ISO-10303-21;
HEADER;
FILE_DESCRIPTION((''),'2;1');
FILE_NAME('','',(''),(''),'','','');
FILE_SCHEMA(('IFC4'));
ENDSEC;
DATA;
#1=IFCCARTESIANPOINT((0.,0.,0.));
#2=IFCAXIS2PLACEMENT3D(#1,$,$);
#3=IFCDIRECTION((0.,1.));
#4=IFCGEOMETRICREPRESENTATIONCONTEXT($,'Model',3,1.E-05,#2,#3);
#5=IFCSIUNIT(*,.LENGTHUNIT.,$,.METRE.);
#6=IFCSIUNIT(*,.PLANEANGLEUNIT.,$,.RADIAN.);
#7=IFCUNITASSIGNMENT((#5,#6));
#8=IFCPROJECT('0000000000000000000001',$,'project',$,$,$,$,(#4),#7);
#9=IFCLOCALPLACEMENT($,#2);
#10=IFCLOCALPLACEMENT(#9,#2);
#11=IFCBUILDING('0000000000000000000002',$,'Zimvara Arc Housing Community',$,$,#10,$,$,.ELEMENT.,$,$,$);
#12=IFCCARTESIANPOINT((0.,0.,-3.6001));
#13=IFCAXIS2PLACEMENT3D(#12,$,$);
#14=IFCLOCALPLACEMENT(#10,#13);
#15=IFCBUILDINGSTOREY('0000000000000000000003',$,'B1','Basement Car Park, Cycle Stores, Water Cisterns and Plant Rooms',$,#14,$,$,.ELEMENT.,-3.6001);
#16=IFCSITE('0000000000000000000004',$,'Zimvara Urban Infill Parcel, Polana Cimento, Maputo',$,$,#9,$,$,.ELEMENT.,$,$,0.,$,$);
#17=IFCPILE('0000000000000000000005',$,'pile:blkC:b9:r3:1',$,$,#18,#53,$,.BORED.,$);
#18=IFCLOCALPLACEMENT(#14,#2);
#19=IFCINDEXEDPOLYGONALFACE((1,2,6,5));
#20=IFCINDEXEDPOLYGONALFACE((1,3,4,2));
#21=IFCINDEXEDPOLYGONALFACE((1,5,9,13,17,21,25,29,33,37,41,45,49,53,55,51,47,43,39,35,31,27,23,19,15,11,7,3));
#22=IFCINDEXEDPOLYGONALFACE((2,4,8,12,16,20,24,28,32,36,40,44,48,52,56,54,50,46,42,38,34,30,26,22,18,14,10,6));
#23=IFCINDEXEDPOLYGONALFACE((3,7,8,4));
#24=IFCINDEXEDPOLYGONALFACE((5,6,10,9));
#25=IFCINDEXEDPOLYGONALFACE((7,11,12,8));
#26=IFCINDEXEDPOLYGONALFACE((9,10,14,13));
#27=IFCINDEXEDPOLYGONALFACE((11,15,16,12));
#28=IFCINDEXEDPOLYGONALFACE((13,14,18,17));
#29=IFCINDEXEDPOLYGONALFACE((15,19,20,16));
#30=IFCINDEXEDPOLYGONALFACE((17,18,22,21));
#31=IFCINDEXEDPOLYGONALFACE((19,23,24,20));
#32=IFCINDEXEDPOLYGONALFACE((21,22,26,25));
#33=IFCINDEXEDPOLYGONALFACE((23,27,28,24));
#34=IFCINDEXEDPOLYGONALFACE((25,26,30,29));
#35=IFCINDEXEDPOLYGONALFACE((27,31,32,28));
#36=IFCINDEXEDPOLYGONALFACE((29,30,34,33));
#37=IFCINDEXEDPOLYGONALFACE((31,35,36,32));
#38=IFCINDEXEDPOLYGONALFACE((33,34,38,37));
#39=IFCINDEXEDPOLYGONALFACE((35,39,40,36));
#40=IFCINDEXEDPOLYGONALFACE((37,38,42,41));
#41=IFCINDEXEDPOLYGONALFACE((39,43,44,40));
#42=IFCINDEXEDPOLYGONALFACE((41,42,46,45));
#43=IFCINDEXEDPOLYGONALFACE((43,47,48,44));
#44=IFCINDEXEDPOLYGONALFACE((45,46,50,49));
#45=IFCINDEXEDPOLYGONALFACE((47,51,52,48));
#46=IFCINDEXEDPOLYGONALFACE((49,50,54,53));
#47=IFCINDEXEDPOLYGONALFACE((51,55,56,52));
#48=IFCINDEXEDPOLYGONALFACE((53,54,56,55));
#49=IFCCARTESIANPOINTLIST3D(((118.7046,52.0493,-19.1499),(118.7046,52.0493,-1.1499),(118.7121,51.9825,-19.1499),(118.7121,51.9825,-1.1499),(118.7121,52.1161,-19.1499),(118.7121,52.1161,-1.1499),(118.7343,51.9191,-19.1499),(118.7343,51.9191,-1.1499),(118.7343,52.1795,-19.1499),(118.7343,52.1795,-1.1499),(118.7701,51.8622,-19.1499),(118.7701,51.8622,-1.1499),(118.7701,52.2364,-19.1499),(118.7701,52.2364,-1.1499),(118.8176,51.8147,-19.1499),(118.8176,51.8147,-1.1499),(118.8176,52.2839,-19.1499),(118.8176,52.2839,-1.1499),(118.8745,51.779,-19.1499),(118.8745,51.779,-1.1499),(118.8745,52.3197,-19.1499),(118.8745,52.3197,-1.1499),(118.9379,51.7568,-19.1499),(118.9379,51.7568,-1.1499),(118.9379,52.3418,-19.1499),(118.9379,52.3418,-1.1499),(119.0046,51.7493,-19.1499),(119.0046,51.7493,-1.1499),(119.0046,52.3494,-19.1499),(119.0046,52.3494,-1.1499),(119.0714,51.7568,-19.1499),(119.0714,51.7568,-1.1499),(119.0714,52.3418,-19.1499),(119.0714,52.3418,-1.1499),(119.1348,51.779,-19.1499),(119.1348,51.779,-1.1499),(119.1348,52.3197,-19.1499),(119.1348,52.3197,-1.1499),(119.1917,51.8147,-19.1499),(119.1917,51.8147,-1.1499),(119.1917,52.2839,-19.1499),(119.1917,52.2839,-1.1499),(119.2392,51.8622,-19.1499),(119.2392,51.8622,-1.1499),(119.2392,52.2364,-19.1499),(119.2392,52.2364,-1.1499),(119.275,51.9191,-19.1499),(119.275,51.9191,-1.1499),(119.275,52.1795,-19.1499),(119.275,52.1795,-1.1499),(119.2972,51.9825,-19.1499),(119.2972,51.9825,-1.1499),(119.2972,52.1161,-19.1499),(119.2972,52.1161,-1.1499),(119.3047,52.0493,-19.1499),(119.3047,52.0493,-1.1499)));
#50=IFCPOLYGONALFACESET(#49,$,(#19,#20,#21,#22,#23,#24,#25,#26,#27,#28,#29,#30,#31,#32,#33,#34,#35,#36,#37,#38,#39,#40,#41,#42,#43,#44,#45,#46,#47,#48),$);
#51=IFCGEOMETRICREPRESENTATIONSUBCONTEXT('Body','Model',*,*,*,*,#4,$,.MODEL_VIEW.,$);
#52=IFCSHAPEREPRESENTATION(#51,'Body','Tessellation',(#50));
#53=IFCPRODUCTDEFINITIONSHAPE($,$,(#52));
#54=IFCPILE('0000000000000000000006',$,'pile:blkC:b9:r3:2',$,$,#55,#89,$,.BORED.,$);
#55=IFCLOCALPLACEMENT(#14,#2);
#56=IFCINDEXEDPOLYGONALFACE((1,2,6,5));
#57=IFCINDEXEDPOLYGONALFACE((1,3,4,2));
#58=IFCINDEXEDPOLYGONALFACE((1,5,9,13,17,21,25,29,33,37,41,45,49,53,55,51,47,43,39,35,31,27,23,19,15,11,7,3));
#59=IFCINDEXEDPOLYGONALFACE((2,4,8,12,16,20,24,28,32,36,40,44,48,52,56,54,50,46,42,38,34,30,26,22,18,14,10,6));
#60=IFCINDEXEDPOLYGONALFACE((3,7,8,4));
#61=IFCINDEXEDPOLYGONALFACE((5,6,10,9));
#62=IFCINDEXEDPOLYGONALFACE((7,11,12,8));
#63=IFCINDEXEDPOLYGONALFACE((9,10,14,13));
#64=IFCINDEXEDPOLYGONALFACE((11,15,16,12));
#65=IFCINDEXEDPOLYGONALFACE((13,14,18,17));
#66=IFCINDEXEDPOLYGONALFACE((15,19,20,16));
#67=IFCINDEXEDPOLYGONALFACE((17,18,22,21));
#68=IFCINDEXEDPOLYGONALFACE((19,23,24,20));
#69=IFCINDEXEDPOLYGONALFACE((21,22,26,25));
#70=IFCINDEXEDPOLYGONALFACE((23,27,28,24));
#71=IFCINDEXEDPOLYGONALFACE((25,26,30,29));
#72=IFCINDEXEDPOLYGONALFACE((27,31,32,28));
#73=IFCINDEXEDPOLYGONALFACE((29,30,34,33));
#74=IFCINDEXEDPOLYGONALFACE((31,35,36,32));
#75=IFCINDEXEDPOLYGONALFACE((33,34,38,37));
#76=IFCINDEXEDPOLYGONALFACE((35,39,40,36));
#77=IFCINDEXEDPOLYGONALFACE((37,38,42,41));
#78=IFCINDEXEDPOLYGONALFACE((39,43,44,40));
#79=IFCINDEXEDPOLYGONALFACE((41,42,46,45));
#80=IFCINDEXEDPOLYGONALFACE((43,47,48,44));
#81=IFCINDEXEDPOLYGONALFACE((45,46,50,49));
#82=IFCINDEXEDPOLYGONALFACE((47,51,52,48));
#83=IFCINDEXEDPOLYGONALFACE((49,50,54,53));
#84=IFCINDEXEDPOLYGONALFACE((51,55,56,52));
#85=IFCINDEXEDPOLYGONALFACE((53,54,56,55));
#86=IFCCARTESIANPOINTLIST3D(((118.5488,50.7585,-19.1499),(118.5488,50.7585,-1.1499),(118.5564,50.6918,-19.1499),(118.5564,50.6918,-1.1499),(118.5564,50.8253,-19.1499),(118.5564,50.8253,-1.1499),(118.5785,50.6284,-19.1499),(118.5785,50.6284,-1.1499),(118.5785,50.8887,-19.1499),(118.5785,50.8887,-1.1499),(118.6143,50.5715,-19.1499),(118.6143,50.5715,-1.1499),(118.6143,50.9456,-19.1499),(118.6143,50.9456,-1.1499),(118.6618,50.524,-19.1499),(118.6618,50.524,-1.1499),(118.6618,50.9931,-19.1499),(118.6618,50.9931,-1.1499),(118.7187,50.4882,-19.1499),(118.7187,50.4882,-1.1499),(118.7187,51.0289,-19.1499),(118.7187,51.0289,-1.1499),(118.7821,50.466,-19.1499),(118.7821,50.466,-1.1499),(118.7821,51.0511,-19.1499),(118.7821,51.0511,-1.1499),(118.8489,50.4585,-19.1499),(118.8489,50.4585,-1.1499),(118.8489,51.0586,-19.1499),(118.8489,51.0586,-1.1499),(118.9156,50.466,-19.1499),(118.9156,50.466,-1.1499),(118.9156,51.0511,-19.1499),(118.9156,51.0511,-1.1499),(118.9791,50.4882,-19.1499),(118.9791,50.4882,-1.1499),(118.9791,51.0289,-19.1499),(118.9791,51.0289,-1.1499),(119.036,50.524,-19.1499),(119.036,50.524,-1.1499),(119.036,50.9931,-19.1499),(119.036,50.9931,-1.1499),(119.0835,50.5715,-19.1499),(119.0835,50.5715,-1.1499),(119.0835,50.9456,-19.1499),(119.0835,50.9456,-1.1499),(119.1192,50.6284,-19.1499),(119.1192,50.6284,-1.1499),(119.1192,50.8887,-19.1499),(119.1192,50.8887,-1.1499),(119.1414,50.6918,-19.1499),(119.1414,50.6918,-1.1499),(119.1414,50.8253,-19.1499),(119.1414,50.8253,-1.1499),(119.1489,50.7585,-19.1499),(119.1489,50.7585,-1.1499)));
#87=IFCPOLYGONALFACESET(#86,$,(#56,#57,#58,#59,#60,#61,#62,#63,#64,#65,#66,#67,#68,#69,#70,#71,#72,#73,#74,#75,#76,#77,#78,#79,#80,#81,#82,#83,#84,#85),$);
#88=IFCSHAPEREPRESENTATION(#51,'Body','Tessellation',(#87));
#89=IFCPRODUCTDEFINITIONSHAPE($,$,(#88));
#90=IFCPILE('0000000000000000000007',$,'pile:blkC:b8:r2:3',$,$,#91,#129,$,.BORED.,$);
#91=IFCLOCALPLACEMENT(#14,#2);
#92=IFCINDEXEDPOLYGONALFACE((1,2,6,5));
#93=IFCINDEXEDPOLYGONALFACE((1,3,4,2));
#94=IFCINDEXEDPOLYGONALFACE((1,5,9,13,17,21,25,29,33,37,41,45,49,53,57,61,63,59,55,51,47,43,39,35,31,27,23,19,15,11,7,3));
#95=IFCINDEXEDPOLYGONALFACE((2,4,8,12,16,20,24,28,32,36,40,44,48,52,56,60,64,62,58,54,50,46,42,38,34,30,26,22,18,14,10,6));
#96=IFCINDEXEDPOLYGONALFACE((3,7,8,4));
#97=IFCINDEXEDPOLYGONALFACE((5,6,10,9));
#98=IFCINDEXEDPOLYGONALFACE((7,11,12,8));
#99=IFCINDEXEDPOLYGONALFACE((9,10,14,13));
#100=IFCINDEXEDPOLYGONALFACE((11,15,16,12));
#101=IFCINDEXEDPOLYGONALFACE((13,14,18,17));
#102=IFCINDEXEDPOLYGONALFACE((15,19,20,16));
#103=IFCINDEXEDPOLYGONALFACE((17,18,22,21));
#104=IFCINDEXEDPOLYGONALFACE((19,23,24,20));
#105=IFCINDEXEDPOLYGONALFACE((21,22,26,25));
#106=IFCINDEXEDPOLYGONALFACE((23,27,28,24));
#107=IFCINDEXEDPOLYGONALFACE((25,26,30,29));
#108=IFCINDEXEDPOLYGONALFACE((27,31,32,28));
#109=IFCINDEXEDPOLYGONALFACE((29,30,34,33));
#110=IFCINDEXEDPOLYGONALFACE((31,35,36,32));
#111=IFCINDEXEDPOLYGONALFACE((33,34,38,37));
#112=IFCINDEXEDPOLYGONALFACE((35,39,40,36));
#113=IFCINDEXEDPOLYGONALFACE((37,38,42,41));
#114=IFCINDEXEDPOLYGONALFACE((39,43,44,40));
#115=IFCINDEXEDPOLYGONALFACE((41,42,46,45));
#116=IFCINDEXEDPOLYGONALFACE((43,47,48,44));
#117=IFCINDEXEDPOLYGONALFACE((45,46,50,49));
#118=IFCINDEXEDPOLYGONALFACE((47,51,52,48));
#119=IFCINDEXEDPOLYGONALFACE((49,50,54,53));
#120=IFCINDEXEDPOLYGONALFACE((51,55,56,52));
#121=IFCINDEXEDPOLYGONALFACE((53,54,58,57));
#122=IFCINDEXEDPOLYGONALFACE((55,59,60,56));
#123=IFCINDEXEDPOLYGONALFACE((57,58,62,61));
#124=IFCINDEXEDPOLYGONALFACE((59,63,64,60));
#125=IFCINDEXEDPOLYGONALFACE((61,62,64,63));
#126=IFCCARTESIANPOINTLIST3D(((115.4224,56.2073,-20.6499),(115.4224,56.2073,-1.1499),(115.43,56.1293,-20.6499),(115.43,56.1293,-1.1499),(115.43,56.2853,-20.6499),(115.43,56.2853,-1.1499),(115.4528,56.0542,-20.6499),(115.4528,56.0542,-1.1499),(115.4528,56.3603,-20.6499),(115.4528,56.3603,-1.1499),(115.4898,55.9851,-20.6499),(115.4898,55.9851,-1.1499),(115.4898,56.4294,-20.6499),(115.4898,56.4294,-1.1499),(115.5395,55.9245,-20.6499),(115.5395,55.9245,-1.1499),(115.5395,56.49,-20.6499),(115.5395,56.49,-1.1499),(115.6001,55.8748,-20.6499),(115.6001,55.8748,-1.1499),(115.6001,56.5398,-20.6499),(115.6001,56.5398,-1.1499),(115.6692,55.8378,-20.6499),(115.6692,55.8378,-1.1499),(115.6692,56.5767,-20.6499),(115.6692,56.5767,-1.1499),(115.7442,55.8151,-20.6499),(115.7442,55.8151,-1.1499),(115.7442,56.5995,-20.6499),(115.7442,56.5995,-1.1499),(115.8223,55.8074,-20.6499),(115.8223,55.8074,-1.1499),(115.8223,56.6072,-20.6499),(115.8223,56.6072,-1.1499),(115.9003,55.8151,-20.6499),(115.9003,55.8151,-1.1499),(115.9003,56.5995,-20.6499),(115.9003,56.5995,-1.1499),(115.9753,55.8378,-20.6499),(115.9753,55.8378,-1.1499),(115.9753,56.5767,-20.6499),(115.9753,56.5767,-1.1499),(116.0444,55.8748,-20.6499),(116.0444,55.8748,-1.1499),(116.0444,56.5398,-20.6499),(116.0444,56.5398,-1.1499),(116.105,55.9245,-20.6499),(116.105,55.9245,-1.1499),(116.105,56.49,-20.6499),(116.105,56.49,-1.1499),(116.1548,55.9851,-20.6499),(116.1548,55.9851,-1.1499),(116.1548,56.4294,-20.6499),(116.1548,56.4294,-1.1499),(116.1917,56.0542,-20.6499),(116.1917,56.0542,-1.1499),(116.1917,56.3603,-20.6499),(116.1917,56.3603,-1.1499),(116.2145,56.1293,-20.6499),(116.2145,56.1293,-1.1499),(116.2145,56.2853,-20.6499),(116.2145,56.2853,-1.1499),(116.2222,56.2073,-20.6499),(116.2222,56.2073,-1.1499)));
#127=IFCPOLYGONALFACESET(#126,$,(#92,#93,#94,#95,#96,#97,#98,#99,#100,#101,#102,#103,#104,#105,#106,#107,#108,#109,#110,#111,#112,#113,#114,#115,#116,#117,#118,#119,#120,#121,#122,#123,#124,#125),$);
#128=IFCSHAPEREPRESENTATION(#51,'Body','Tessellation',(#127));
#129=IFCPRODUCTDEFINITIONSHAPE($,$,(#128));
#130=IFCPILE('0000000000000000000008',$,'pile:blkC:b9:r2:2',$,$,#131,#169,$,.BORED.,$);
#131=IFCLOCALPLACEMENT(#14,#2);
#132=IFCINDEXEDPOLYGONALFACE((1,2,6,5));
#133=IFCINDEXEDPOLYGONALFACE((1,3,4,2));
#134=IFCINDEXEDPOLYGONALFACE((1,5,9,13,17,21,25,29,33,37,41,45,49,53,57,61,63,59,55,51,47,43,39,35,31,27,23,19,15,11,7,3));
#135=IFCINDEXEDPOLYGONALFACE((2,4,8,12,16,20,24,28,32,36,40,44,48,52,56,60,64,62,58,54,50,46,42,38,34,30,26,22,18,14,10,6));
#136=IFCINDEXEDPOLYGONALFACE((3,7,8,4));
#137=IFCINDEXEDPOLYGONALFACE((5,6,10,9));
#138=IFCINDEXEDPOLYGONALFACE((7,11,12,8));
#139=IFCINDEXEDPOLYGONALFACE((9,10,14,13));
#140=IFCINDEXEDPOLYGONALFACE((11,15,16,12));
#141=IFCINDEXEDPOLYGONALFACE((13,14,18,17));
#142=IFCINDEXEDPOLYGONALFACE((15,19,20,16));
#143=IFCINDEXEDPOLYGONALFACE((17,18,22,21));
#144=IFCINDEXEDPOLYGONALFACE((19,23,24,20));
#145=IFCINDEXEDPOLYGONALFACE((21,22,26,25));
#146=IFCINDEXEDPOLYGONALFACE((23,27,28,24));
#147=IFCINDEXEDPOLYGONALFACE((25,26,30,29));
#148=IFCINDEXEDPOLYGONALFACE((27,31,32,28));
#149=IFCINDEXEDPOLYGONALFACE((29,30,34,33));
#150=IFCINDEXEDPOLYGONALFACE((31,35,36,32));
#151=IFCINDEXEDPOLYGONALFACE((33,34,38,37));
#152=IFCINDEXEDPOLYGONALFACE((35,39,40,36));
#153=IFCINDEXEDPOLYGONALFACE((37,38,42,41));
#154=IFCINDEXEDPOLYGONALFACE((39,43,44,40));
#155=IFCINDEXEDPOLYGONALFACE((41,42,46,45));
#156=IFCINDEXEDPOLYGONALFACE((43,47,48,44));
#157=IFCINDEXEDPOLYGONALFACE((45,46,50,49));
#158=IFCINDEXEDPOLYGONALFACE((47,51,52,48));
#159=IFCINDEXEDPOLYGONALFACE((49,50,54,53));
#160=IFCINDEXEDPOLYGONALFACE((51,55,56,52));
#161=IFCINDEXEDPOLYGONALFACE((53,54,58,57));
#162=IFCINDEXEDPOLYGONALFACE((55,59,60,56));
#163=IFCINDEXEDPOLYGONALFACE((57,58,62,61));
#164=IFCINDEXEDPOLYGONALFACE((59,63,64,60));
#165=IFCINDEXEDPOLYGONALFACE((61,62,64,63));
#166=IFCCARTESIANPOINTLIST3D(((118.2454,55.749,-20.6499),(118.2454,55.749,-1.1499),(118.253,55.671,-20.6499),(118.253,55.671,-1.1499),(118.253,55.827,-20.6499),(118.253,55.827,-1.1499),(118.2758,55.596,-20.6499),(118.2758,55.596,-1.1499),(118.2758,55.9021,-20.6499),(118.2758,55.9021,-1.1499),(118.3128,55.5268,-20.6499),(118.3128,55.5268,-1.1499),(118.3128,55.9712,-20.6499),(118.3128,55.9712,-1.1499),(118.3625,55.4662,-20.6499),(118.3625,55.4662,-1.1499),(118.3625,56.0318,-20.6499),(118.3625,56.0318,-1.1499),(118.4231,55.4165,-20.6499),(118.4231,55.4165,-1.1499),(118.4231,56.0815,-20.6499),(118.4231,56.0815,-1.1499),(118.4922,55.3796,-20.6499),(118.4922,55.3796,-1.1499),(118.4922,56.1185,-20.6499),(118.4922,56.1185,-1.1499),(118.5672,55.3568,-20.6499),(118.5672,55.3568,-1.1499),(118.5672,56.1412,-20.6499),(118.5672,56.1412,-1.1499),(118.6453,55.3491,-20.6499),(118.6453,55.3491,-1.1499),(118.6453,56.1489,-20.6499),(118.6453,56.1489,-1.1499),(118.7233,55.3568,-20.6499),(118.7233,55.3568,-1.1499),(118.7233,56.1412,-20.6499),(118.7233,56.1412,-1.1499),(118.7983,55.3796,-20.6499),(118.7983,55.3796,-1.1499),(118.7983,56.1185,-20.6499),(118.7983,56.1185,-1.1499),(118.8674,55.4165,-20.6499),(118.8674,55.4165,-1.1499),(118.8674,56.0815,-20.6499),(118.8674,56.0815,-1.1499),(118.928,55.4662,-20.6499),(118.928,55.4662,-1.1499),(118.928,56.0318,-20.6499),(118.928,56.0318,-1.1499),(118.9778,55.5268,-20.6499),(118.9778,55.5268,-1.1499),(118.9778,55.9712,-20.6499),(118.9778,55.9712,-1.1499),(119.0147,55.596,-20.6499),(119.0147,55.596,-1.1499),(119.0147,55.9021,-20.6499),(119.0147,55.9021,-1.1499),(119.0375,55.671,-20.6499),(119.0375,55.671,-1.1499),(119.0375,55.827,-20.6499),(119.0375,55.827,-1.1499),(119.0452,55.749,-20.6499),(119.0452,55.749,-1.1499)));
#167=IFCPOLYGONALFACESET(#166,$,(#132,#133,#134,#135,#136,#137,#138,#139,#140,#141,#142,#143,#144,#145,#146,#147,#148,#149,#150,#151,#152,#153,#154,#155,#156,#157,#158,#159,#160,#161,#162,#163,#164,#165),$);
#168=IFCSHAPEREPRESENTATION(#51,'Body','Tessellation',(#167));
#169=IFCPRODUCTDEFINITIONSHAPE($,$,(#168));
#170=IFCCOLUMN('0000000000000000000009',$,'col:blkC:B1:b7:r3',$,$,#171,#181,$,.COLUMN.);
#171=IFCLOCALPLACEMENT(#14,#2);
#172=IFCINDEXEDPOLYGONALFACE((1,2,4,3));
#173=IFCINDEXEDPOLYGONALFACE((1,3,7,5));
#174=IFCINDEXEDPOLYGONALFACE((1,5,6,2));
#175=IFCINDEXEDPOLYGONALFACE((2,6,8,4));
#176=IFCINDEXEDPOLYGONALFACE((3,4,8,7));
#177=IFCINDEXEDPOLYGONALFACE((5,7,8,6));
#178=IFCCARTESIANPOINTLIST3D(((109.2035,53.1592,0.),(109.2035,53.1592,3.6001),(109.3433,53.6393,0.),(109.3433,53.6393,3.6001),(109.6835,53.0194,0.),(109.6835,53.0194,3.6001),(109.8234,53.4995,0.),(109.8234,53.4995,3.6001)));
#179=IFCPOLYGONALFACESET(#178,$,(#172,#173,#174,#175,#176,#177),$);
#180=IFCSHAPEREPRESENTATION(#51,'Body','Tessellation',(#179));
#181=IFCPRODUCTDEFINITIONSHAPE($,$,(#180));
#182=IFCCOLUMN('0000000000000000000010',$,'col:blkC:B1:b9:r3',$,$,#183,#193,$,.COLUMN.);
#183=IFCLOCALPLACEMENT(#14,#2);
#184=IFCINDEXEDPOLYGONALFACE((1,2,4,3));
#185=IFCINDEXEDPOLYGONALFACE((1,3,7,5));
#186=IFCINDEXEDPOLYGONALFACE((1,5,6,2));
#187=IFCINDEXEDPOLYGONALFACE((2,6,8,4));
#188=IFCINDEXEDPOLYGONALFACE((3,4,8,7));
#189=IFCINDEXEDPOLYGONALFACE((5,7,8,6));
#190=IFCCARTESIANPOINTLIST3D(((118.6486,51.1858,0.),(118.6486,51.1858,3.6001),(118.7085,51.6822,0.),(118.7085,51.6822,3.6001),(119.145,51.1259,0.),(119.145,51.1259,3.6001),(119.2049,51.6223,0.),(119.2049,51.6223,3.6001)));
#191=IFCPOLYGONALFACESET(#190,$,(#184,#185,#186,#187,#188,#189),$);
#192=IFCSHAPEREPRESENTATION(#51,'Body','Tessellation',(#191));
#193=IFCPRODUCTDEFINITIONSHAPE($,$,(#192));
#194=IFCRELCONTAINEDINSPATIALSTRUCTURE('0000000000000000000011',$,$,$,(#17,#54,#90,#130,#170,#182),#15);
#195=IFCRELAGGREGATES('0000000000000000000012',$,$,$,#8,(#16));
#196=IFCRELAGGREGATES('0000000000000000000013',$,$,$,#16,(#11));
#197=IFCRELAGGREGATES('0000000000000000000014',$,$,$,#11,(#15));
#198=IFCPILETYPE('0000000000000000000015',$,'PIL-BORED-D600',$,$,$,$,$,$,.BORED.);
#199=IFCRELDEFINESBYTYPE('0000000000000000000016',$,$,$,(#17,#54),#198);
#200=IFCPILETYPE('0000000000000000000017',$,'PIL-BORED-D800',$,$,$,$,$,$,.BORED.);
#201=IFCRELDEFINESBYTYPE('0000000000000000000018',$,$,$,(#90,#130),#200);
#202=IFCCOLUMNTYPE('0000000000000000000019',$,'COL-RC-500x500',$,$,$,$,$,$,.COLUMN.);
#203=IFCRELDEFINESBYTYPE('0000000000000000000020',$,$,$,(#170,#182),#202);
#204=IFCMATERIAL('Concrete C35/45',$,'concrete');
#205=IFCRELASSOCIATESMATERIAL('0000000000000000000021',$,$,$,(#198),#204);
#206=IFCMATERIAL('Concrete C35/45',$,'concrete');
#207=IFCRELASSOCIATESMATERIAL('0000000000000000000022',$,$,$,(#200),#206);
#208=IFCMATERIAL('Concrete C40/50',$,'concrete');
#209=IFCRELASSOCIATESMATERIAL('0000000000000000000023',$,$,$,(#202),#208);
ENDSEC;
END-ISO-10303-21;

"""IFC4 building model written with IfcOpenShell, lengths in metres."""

from ifc_helpers import new_model, si_unit, direction, frame, origin, origin_2d, place, context, subcontext, project, spatial, rectangle, circle, extrude, material, material_profile, profile_set, type_object, element, save


model = new_model("IFC4")

# Units and contexts
model_context = context("Model", 3, precision=1e-05, world=origin(), true_north=direction((0.0, 1.0)))
body_context = subcontext(model_context, "Body", "Model", "MODEL_VIEW")
ifc_project = project(units=[si_unit("LENGTHUNIT", "METRE"), si_unit("PLANEANGLEUNIT", "RADIAN")], contexts=[model_context])

# Site, building, storey
site_placement = place(None, origin())
site = spatial("IfcSite", under=ifc_project, at=site_placement, Name="Zimvara Urban Infill Parcel, Polana Cimento, Maputo", CompositionType="ELEMENT", RefElevation=0.0)
building_placement = place(site_placement, origin())
building = spatial("IfcBuilding", under=site, at=building_placement, Name="Zimvara Arc Housing Community", CompositionType="ELEMENT")
storey_placement = place(building_placement, frame((0.0, 0.0, -3.6001)))
storey = spatial("IfcBuildingStorey", under=building, at=storey_placement, Name="B1", Description="Basement Car Park, Cycle Stores, Water Cisterns and Plant Rooms", CompositionType="ELEMENT", Elevation=-3.6001)

# Piles
ifc_material_1 = material(Name="Concrete C35/45", Category="concrete")
ifc_material_profile_1 = material_profile(ifc_material_1, circle(Radius=0.3, at=origin_2d()), Name="PILE D600")
ifc_profile_set_1 = profile_set([ifc_material_profile_1], Name="Concrete C35/45")
pile_type_1 = type_object("IfcPileType", Name="PIL-BORED-D600", PredefinedType="BORED", material=ifc_profile_set_1)
for number, where, z_axis, x_axis, name in (
    (1, (119.0046, 52.0493, -1.1499), (0.0, 0.0, -1.0), (1.0, 0.0, 0.0), "pile:blkC:b9:r3:1"),
    (2, (118.8489, 50.7585, -1.1499), (0.0, 0.0, -1.0), (1.0, 0.0, 0.0), "pile:blkC:b9:r3:2"),
):
    element("IfcPile", number, at=place(storey_placement, frame(where, z_axis=z_axis, x_axis=x_axis)), inside=storey, type_object=pile_type_1, Name=name, PredefinedType="BORED", context=body_context, shape_type="SweptSolid", body=[
        extrude(circle(Radius=0.3, at=origin_2d()), origin(), (0.0, 0.0, 1.0), 18.0),
    ])
ifc_material_2 = material(Name="Concrete C35/45", Category="concrete")
ifc_material_profile_2 = material_profile(ifc_material_2, circle(Radius=0.3999, at=origin_2d()), Name="PILE D800")
ifc_profile_set_2 = profile_set([ifc_material_profile_2], Name="Concrete C35/45")
pile_type_2 = type_object("IfcPileType", Name="PIL-BORED-D800", PredefinedType="BORED", material=ifc_profile_set_2)
for number, where, z_axis, x_axis, name in (
    (3, (115.8223, 56.2073, -1.1499), (0.0, 0.0, -1.0), (1.0, 0.0, 0.0), "pile:blkC:b8:r2:3"),
    (4, (118.6453, 55.749, -1.1499), (0.0, 0.0, -1.0), (1.0, 0.0, 0.0), "pile:blkC:b9:r2:2"),
):
    element("IfcPile", number, at=place(storey_placement, frame(where, z_axis=z_axis, x_axis=x_axis)), inside=storey, type_object=pile_type_2, Name=name, PredefinedType="BORED", context=body_context, shape_type="SweptSolid", body=[
        extrude(circle(Radius=0.3999, at=origin_2d()), origin(), (0.0, 0.0, 1.0), 19.5),
    ])

# Columns
ifc_material_3 = material(Name="Concrete C40/50", Category="concrete")
ifc_material_profile_3 = material_profile(ifc_material_3, rectangle(XDim=0.5, YDim=0.5, at=origin_2d()), Name="RC 500x500")
ifc_profile_set_3 = profile_set([ifc_material_profile_3], Name="Concrete C40/50")
column_type_1 = type_object("IfcColumnType", Name="COL-RC-500x500", PredefinedType="COLUMN", material=ifc_profile_set_3)
for number, where, z_axis, x_axis, name in (
    (5, (109.5134, 53.3293, 0.0), (0.0, 0.0, 1.0), (-0.279661, -0.960099, 0.0), "col:blkC:B1:b7:r3"),
    (6, (118.9268, 51.4041, 0.0), (0.0, 0.0, 1.0), (-0.11979, -0.992799, 0.0), "col:blkC:B1:b9:r3"),
):
    element("IfcColumn", number, at=place(storey_placement, frame(where, z_axis=z_axis, x_axis=x_axis)), inside=storey, type_object=column_type_1, Name=name, PredefinedType="COLUMN", context=body_context, shape_type="SweptSolid", body=[
        extrude(rectangle(XDim=0.5, YDim=0.5, at=origin_2d()), origin(), (0.0, 0.0, 1.0), 3.6001),
    ])

save(model, "model.ifc")
